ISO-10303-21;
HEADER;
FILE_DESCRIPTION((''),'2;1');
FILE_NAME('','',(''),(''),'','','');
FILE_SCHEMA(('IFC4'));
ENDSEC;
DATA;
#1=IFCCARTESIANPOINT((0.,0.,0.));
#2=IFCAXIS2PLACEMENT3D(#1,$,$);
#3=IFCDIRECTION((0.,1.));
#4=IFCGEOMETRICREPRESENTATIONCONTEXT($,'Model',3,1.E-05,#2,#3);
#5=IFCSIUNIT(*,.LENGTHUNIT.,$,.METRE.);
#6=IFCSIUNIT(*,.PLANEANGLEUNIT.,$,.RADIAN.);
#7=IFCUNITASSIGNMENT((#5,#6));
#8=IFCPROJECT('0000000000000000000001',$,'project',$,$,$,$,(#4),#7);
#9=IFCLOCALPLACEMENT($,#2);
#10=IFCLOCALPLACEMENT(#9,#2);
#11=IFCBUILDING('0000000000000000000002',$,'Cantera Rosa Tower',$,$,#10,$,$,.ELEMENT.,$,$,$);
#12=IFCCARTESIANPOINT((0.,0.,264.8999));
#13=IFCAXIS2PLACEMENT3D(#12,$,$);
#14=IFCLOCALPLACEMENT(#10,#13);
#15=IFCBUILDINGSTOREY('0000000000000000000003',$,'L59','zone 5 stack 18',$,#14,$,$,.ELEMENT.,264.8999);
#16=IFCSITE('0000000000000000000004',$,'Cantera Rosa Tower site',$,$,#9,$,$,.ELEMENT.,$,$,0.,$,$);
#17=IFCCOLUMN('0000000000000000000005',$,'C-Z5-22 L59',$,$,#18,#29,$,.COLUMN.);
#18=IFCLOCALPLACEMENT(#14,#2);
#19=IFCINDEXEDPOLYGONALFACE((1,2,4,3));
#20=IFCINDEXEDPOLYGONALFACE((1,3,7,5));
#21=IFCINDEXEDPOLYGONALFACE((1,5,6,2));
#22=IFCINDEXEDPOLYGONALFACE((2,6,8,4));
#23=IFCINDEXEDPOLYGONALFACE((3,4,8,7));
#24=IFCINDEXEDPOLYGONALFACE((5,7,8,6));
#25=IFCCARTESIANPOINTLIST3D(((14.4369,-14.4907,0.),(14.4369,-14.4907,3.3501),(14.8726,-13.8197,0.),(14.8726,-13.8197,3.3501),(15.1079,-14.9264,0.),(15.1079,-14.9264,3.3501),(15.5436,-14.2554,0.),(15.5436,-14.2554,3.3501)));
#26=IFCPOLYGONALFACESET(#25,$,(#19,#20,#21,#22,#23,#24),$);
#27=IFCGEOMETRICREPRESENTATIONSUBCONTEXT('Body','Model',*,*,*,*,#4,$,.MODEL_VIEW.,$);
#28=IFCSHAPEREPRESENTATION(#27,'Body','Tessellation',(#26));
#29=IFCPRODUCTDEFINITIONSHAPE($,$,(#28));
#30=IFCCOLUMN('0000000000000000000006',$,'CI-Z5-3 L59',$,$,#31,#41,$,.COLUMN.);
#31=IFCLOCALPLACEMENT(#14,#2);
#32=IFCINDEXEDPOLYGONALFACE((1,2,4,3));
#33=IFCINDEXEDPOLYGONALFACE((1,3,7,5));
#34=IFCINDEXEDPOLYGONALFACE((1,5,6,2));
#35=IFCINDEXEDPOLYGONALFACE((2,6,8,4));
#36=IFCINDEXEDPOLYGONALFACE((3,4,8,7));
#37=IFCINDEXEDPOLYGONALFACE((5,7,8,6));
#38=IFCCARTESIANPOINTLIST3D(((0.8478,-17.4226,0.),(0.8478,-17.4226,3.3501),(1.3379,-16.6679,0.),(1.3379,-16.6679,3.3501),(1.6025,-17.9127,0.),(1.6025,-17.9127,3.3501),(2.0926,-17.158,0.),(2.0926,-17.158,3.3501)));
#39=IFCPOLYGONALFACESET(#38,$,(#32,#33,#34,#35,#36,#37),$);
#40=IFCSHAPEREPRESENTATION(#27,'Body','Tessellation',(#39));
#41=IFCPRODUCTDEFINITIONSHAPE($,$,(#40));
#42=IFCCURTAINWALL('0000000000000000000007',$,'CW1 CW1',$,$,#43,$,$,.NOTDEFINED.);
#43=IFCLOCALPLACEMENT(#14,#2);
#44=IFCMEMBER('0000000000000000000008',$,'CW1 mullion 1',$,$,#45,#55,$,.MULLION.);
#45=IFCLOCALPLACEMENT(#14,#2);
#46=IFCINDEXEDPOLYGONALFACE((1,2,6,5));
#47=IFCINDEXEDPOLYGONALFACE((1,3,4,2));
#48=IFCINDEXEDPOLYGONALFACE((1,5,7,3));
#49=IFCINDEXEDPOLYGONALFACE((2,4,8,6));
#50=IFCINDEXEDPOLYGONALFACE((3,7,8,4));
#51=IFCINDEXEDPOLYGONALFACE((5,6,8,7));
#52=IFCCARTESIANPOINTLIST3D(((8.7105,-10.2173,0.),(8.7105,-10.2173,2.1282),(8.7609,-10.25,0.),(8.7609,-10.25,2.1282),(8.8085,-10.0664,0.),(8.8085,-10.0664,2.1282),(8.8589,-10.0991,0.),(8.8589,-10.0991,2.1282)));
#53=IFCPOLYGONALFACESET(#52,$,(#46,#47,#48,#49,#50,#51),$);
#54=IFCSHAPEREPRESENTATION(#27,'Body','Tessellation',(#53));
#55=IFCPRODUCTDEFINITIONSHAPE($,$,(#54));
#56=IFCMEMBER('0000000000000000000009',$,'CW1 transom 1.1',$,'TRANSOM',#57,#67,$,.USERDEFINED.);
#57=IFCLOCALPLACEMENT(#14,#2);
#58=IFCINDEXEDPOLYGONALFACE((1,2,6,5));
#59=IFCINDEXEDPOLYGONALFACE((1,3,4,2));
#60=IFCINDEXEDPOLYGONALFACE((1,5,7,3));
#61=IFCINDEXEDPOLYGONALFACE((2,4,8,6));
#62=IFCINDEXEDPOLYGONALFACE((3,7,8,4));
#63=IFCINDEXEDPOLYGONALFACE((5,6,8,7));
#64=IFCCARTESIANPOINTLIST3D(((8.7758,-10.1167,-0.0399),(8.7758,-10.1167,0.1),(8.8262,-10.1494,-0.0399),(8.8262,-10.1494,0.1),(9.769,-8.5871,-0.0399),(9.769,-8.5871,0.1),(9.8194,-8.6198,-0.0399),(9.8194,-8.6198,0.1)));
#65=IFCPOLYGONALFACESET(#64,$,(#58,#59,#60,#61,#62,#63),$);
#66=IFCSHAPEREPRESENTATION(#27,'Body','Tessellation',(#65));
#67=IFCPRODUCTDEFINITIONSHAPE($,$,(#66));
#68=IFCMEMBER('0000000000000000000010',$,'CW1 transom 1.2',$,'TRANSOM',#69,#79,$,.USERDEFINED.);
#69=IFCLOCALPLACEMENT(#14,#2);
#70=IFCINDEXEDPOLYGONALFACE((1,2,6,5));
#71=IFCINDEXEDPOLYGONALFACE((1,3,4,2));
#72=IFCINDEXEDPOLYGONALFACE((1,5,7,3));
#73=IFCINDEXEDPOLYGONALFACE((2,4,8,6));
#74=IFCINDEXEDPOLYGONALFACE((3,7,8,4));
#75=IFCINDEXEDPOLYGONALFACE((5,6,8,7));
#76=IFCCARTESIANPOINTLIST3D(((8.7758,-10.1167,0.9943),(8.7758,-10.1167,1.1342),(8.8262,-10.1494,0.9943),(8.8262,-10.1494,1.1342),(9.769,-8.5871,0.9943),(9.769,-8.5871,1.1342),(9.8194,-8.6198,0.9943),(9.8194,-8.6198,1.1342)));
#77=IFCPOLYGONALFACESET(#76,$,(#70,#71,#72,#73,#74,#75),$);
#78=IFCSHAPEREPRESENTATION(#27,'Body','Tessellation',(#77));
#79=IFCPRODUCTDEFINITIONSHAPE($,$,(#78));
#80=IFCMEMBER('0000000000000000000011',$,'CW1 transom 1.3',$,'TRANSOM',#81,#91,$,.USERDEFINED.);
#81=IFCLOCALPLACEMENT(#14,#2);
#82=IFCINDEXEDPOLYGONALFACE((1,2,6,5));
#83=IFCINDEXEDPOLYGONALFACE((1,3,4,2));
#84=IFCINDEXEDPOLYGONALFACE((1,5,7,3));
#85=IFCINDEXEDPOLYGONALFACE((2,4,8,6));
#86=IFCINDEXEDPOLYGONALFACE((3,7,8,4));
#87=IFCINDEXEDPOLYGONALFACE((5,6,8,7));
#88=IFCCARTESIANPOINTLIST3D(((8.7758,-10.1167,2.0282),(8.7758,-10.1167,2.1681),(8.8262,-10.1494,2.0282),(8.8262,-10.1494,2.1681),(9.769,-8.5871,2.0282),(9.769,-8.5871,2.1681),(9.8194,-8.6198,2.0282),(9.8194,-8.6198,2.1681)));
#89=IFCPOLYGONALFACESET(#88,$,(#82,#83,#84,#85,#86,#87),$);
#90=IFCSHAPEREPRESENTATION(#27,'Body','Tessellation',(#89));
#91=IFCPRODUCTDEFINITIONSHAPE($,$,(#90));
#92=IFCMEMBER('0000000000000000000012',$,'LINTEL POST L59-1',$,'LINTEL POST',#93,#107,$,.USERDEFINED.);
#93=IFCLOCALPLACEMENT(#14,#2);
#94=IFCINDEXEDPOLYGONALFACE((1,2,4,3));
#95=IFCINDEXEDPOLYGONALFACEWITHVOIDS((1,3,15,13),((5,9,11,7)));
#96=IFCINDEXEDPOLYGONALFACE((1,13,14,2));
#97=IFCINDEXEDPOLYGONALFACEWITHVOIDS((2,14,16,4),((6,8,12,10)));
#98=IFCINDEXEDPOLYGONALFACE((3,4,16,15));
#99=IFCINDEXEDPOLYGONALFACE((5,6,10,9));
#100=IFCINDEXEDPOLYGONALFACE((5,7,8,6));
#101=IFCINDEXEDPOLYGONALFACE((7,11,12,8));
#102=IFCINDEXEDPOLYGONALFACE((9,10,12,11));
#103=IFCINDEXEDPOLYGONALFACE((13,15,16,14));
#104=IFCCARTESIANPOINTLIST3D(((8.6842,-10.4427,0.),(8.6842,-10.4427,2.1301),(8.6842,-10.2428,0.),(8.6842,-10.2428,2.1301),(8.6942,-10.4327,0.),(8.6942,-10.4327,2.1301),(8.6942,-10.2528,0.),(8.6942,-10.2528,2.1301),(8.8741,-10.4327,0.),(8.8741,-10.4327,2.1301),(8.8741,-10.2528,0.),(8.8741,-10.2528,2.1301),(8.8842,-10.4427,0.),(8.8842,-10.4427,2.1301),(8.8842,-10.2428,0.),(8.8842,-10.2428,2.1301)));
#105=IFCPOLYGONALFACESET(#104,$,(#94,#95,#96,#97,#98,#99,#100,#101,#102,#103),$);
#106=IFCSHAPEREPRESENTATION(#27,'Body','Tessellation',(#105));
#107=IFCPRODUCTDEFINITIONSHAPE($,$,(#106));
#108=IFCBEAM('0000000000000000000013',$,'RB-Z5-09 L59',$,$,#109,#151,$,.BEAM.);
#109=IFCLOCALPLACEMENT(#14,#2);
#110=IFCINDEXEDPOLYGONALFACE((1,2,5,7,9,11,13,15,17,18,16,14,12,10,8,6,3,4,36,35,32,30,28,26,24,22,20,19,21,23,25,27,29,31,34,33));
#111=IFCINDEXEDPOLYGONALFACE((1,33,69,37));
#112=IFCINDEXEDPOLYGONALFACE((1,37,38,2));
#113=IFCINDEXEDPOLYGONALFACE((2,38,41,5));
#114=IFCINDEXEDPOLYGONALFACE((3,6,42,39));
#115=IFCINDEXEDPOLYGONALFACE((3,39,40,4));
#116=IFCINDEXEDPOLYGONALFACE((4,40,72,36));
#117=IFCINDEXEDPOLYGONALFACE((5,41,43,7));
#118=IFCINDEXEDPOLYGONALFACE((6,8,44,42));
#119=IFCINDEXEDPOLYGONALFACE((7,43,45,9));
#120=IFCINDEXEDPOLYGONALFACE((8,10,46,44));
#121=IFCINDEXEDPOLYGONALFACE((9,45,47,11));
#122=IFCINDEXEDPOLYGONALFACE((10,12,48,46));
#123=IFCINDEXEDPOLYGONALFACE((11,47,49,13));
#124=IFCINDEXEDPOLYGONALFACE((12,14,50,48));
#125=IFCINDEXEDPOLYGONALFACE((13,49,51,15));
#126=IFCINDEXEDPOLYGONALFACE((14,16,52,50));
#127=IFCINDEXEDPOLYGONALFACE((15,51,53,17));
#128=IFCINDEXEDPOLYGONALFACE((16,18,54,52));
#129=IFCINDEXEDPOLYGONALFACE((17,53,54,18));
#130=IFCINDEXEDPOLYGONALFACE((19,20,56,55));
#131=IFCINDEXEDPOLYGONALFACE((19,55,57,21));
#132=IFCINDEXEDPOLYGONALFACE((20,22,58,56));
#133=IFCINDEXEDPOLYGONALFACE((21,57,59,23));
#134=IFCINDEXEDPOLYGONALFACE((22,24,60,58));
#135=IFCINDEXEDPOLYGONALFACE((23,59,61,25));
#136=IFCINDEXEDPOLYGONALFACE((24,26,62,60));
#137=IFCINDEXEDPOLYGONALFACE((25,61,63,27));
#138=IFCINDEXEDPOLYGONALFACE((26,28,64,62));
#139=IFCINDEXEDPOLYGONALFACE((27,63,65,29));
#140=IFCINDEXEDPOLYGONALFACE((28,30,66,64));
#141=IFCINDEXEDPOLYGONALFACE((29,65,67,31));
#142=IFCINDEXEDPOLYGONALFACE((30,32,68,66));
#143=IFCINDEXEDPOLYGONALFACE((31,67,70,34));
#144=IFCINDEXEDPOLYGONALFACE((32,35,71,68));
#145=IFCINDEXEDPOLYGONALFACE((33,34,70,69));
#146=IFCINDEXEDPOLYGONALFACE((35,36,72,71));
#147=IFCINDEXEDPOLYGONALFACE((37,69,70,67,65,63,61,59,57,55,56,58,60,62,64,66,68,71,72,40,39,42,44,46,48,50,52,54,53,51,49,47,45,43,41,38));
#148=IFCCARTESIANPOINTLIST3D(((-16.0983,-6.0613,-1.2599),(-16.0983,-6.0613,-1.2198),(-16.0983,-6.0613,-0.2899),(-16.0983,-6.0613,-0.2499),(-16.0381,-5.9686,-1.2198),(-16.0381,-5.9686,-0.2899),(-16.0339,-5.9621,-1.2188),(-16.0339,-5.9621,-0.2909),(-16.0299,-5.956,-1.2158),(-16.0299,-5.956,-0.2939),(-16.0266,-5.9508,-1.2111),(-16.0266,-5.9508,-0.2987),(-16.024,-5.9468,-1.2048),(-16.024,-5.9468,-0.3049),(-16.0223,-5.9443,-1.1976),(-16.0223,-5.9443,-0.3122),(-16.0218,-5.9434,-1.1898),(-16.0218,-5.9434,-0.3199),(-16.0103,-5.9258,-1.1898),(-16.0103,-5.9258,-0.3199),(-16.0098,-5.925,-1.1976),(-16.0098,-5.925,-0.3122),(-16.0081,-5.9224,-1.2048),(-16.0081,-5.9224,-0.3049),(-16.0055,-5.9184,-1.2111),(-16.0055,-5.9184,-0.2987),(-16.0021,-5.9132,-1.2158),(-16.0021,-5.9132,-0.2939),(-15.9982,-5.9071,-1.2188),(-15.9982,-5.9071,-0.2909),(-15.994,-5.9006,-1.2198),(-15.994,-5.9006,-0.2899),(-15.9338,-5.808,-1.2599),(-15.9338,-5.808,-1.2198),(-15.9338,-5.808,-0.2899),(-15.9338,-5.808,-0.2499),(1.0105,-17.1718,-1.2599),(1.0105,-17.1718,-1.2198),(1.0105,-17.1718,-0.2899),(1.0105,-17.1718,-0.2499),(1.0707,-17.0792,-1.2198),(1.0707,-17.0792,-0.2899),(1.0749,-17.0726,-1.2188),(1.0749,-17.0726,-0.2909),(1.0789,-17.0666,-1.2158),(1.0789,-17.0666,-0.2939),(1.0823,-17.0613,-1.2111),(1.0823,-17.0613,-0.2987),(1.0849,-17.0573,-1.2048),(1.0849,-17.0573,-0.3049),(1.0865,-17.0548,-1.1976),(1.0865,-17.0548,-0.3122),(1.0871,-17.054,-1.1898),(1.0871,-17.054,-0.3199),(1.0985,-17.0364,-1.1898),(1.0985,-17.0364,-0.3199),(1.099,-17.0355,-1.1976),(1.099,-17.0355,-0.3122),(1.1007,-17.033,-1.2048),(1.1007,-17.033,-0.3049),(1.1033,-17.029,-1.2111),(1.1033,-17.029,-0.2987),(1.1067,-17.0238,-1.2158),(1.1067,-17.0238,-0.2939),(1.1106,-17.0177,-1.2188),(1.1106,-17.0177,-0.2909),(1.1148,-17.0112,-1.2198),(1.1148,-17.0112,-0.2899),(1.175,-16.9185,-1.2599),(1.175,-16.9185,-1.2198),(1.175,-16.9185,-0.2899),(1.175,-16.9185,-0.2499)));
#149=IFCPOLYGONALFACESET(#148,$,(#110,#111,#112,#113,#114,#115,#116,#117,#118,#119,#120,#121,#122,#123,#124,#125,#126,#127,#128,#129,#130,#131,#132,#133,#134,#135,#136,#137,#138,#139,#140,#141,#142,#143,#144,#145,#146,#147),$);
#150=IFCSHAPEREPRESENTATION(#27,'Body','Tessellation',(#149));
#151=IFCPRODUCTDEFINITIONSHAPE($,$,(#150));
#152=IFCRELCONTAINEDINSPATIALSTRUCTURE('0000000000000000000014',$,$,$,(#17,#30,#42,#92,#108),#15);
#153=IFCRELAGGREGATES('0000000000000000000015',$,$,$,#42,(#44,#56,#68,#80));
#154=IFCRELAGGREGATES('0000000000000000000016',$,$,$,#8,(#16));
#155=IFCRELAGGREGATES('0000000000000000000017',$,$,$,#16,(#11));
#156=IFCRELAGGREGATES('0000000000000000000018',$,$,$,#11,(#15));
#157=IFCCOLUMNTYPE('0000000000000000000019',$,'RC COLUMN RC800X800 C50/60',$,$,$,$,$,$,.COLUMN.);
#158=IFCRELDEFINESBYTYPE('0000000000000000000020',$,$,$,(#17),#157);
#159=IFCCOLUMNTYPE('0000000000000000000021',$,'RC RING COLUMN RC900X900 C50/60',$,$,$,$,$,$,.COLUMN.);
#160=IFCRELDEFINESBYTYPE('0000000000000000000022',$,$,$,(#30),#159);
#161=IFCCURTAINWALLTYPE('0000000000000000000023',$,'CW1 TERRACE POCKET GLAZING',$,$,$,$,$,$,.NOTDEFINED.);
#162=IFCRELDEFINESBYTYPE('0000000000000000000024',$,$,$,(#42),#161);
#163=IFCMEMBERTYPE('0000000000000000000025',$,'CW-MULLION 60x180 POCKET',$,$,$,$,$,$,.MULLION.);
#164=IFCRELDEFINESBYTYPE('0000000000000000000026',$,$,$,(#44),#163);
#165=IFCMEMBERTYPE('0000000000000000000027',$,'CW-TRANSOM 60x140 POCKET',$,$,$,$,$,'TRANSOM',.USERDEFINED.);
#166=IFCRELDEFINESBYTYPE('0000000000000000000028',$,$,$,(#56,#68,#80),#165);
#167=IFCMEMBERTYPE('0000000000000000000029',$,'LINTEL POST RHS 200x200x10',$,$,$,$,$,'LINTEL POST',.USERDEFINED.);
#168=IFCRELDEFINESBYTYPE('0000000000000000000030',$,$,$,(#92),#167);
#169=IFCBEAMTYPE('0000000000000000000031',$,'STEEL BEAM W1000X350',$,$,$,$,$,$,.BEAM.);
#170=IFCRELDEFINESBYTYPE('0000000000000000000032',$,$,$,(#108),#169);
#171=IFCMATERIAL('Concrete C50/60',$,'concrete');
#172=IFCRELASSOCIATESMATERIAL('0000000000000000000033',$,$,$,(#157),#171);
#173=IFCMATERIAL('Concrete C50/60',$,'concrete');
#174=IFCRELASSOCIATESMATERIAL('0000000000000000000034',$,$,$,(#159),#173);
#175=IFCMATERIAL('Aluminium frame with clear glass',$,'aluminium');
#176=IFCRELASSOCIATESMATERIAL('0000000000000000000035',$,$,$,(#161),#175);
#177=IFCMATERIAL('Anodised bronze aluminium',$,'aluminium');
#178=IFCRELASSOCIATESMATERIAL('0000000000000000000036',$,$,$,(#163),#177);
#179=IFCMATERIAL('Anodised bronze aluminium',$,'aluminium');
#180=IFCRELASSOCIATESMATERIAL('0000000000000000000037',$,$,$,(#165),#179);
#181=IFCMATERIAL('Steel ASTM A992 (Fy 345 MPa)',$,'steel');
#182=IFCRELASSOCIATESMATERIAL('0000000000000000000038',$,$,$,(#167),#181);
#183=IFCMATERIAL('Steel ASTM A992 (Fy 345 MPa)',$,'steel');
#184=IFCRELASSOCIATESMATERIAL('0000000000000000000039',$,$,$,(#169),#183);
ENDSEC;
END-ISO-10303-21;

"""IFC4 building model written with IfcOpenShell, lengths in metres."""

from ifc_helpers import new_model, si_unit, direction, frame, origin, origin_2d, place, context, subcontext, project, spatial, rectangle, hollow_rectangle, i_section, extrude, material, material_profile, profile_set, type_object, element, aggregate, save


model = new_model("IFC4")

# Units and contexts
model_context = context("Model", 3, precision=1e-05, world=origin(), true_north=direction((0.0, 1.0)))
body_context = subcontext(model_context, "Body", "Model", "MODEL_VIEW")
ifc_project = project(units=[si_unit("LENGTHUNIT", "METRE"), si_unit("PLANEANGLEUNIT", "RADIAN")], contexts=[model_context])

# Site, building, storey
site_placement = place(None, origin())
site = spatial("IfcSite", under=ifc_project, at=site_placement, Name="Cantera Rosa Tower site", CompositionType="ELEMENT", RefElevation=0.0)
building_placement = place(site_placement, origin())
building = spatial("IfcBuilding", under=site, at=building_placement, Name="Cantera Rosa Tower", CompositionType="ELEMENT")
storey_placement = place(building_placement, frame((0.0, 0.0, 264.8999)))
storey = spatial("IfcBuildingStorey", under=building, at=storey_placement, Name="L59", Description="zone 5 stack 18", CompositionType="ELEMENT", Elevation=264.8999)

# Columns
ifc_material_1 = material(Name="Concrete C50/60", Category="concrete")
ifc_material_profile_1 = material_profile(ifc_material_1, rectangle(XDim=0.8, YDim=0.8, at=origin_2d()), Name="RC COLUMN RC800X800 C50/60")
ifc_profile_set_1 = profile_set([ifc_material_profile_1], Name="Concrete C50/60")
column_type_1 = type_object("IfcColumnType", Name="RC COLUMN RC800X800 C50/60", PredefinedType="COLUMN", material=ifc_profile_set_1)
column_1_placement = place(storey_placement, frame((14.9902, -14.373, 0.0), z_axis=(0.0, 0.0, 1.0), x_axis=(0.544639, 0.838671, 0.0)))
element("IfcColumn", 1, at=column_1_placement, inside=storey, type_object=column_type_1, Name="C-Z5-22 L59", PredefinedType="COLUMN", context=body_context, shape_type="SweptSolid", body=[
    extrude(rectangle(XDim=0.8, YDim=0.8, at=origin_2d()), origin(), (0.0, 0.0, 1.0), 3.3501),
])
ifc_material_2 = material(Name="Concrete C50/60", Category="concrete")
ifc_material_profile_2 = material_profile(ifc_material_2, rectangle(XDim=0.8999, YDim=0.8999, at=origin_2d()), Name="RC RING COLUMN RC900X900 C50/60")
ifc_profile_set_2 = profile_set([ifc_material_profile_2], Name="Concrete C50/60")
column_type_2 = type_object("IfcColumnType", Name="RC RING COLUMN RC900X900 C50/60", PredefinedType="COLUMN", material=ifc_profile_set_2)
column_2_placement = place(storey_placement, frame((1.4702, -17.2903, 0.0), z_axis=(0.0, 0.0, 1.0), x_axis=(0.544639, 0.838671, 0.0)))
element("IfcColumn", 2, at=column_2_placement, inside=storey, type_object=column_type_2, Name="CI-Z5-3 L59", PredefinedType="COLUMN", context=body_context, shape_type="SweptSolid", body=[
    extrude(rectangle(XDim=0.8999, YDim=0.8999, at=origin_2d()), origin(), (0.0, 0.0, 1.0), 3.3501),
])

# Curtain wall, members
ifc_material_3 = material(Name="Aluminium frame with clear glass", Category="aluminium")
curtain_wall_type = type_object("IfcCurtainWallType", Name="CW1 TERRACE POCKET GLAZING", PredefinedType="NOTDEFINED", material=ifc_material_3)
curtain_wall_placement = place(storey_placement, origin())
curtain_wall = element("IfcCurtainWall", 3, at=curtain_wall_placement, inside=storey, type_object=curtain_wall_type, Name="CW1 CW1", PredefinedType="NOTDEFINED")
ifc_material_4 = material(Name="Anodised bronze aluminium", Category="aluminium")
ifc_material_profile_3 = material_profile(ifc_material_4, rectangle(XDim=0.0601, YDim=0.1799, at=origin_2d()), Name="CW-MULLION 60x180 POCKET")
ifc_profile_set_3 = profile_set([ifc_material_profile_3], Name="Anodised bronze aluminium")
member_type_1 = type_object("IfcMemberType", Name="CW-MULLION 60x180 POCKET", PredefinedType="MULLION", material=ifc_profile_set_3)
member_1_placement = place(storey_placement, frame((8.7847, -10.1582, 0.0), z_axis=(0.0, 0.0, 1.0), x_axis=(-0.838671, 0.544639, 0.0)))
member_1 = element("IfcMember", 4, at=member_1_placement, type_object=member_type_1, Name="CW1 mullion 1", PredefinedType="MULLION", context=body_context, shape_type="SweptSolid", body=[
    extrude(rectangle(XDim=0.0601, YDim=0.1799, at=origin_2d()), origin(), (0.0, 0.0, 1.0), 2.1282),
])
ifc_material_5 = material(Name="Anodised bronze aluminium", Category="aluminium")
ifc_material_profile_4 = material_profile(ifc_material_5, rectangle(XDim=0.0601, YDim=0.1399, at=origin_2d()), Name="CW-TRANSOM 60x140 POCKET")
ifc_profile_set_4 = profile_set([ifc_material_profile_4], Name="Anodised bronze aluminium")
member_type_2 = type_object("IfcMemberType", Name="CW-TRANSOM 60x140 POCKET", ElementType="TRANSOM", PredefinedType="USERDEFINED", material=ifc_profile_set_4)
member_2_placement = place(storey_placement, frame((8.801, -10.1331, 0.03), z_axis=(0.544588, 0.838703, 0.0), x_axis=(-0.838703, 0.544588, 0.0)))
member_2 = element("IfcMember", 5, at=member_2_placement, type_object=member_type_2, Name="CW1 transom 1.1", ObjectType="TRANSOM", PredefinedType="USERDEFINED", context=body_context, shape_type="SweptSolid", body=[
    extrude(rectangle(XDim=0.0601, YDim=0.1399, at=origin_2d()), origin(), (0.0, 0.0, 1.0), 1.8237),
])
member_3_placement = place(storey_placement, frame((8.801, -10.1331, 1.0642), z_axis=(0.544588, 0.838703, 0.0), x_axis=(-0.838703, 0.544588, 0.0)))
member_3 = element("IfcMember", 6, at=member_3_placement, type_object=member_type_2, Name="CW1 transom 1.2", ObjectType="TRANSOM", PredefinedType="USERDEFINED", context=body_context, shape_type="SweptSolid", body=[
    extrude(rectangle(XDim=0.0601, YDim=0.1399, at=origin_2d()), origin(), (0.0, 0.0, 1.0), 1.8237),
])
member_4_placement = place(storey_placement, frame((8.801, -10.1331, 2.0981), z_axis=(0.544588, 0.838703, 0.0), x_axis=(-0.838703, 0.544588, 0.0)))
member_4 = element("IfcMember", 7, at=member_4_placement, type_object=member_type_2, Name="CW1 transom 1.3", ObjectType="TRANSOM", PredefinedType="USERDEFINED", context=body_context, shape_type="SweptSolid", body=[
    extrude(rectangle(XDim=0.0601, YDim=0.1399, at=origin_2d()), origin(), (0.0, 0.0, 1.0), 1.8237),
])
aggregate(curtain_wall, [member_1, member_2, member_3, member_4])

# Member
ifc_material_6 = material(Name="Steel ASTM A992 (Fy 345 MPa)", Category="steel")
ifc_material_profile_5 = material_profile(ifc_material_6, hollow_rectangle(XDim=0.2, YDim=0.2, WallThickness=0.01, at=origin_2d()), Name="LINTEL POST RHS 200x200x10")
ifc_profile_set_5 = profile_set([ifc_material_profile_5], Name="Steel ASTM A992 (Fy 345 MPa)")
member_type_3 = type_object("IfcMemberType", Name="LINTEL POST RHS 200x200x10", ElementType="LINTEL POST", PredefinedType="USERDEFINED", material=ifc_profile_set_5)
member_5_placement = place(storey_placement, frame((8.7842, -10.3428, 0.0), z_axis=(0.0, 0.0, 1.0), x_axis=(1.0, 0.0, 0.0)))
element("IfcMember", 8, at=member_5_placement, inside=storey, type_object=member_type_3, Name="LINTEL POST L59-1", ObjectType="LINTEL POST", PredefinedType="USERDEFINED", context=body_context, shape_type="SweptSolid", body=[
    extrude(hollow_rectangle(XDim=0.2, YDim=0.2, WallThickness=0.01, at=origin_2d()), origin(), (0.0, 0.0, 1.0), 2.1301),
])

# Beam
ifc_material_7 = material(Name="Steel ASTM A992 (Fy 345 MPa)", Category="steel")
ifc_material_profile_6 = material_profile(ifc_material_7, i_section(OverallWidth=0.302, OverallDepth=1.01, WebThickness=0.021, FlangeThickness=0.04, FilletRadius=0.03, at=origin_2d()), Name="W1000X350")
ifc_profile_set_6 = profile_set([ifc_material_profile_6], Name="Steel ASTM A992 (Fy 345 MPa)")
beam_type_1 = type_object("IfcBeamType", Name="STEEL BEAM W1000X350", PredefinedType="BEAM", material=ifc_profile_set_6)
beam_1_placement = place(storey_placement, frame((1.0928, -17.0452, -0.7549), z_axis=(-0.838672, 0.544637, 0.0), x_axis=(-0.544637, -0.838672, 0.0)))
element("IfcBeam", 9, at=beam_1_placement, inside=storey, type_object=beam_type_1, Name="RB-Z5-09 L59", PredefinedType="BEAM", context=body_context, shape_type="SweptSolid", body=[
    extrude(i_section(OverallWidth=0.302, OverallDepth=1.01, WebThickness=0.021, FlangeThickness=0.04, FilletRadius=0.03, at=origin_2d()), origin(), (0.0, 0.0, 1.0), 20.3999),
])

save(model, "model.ifc")
